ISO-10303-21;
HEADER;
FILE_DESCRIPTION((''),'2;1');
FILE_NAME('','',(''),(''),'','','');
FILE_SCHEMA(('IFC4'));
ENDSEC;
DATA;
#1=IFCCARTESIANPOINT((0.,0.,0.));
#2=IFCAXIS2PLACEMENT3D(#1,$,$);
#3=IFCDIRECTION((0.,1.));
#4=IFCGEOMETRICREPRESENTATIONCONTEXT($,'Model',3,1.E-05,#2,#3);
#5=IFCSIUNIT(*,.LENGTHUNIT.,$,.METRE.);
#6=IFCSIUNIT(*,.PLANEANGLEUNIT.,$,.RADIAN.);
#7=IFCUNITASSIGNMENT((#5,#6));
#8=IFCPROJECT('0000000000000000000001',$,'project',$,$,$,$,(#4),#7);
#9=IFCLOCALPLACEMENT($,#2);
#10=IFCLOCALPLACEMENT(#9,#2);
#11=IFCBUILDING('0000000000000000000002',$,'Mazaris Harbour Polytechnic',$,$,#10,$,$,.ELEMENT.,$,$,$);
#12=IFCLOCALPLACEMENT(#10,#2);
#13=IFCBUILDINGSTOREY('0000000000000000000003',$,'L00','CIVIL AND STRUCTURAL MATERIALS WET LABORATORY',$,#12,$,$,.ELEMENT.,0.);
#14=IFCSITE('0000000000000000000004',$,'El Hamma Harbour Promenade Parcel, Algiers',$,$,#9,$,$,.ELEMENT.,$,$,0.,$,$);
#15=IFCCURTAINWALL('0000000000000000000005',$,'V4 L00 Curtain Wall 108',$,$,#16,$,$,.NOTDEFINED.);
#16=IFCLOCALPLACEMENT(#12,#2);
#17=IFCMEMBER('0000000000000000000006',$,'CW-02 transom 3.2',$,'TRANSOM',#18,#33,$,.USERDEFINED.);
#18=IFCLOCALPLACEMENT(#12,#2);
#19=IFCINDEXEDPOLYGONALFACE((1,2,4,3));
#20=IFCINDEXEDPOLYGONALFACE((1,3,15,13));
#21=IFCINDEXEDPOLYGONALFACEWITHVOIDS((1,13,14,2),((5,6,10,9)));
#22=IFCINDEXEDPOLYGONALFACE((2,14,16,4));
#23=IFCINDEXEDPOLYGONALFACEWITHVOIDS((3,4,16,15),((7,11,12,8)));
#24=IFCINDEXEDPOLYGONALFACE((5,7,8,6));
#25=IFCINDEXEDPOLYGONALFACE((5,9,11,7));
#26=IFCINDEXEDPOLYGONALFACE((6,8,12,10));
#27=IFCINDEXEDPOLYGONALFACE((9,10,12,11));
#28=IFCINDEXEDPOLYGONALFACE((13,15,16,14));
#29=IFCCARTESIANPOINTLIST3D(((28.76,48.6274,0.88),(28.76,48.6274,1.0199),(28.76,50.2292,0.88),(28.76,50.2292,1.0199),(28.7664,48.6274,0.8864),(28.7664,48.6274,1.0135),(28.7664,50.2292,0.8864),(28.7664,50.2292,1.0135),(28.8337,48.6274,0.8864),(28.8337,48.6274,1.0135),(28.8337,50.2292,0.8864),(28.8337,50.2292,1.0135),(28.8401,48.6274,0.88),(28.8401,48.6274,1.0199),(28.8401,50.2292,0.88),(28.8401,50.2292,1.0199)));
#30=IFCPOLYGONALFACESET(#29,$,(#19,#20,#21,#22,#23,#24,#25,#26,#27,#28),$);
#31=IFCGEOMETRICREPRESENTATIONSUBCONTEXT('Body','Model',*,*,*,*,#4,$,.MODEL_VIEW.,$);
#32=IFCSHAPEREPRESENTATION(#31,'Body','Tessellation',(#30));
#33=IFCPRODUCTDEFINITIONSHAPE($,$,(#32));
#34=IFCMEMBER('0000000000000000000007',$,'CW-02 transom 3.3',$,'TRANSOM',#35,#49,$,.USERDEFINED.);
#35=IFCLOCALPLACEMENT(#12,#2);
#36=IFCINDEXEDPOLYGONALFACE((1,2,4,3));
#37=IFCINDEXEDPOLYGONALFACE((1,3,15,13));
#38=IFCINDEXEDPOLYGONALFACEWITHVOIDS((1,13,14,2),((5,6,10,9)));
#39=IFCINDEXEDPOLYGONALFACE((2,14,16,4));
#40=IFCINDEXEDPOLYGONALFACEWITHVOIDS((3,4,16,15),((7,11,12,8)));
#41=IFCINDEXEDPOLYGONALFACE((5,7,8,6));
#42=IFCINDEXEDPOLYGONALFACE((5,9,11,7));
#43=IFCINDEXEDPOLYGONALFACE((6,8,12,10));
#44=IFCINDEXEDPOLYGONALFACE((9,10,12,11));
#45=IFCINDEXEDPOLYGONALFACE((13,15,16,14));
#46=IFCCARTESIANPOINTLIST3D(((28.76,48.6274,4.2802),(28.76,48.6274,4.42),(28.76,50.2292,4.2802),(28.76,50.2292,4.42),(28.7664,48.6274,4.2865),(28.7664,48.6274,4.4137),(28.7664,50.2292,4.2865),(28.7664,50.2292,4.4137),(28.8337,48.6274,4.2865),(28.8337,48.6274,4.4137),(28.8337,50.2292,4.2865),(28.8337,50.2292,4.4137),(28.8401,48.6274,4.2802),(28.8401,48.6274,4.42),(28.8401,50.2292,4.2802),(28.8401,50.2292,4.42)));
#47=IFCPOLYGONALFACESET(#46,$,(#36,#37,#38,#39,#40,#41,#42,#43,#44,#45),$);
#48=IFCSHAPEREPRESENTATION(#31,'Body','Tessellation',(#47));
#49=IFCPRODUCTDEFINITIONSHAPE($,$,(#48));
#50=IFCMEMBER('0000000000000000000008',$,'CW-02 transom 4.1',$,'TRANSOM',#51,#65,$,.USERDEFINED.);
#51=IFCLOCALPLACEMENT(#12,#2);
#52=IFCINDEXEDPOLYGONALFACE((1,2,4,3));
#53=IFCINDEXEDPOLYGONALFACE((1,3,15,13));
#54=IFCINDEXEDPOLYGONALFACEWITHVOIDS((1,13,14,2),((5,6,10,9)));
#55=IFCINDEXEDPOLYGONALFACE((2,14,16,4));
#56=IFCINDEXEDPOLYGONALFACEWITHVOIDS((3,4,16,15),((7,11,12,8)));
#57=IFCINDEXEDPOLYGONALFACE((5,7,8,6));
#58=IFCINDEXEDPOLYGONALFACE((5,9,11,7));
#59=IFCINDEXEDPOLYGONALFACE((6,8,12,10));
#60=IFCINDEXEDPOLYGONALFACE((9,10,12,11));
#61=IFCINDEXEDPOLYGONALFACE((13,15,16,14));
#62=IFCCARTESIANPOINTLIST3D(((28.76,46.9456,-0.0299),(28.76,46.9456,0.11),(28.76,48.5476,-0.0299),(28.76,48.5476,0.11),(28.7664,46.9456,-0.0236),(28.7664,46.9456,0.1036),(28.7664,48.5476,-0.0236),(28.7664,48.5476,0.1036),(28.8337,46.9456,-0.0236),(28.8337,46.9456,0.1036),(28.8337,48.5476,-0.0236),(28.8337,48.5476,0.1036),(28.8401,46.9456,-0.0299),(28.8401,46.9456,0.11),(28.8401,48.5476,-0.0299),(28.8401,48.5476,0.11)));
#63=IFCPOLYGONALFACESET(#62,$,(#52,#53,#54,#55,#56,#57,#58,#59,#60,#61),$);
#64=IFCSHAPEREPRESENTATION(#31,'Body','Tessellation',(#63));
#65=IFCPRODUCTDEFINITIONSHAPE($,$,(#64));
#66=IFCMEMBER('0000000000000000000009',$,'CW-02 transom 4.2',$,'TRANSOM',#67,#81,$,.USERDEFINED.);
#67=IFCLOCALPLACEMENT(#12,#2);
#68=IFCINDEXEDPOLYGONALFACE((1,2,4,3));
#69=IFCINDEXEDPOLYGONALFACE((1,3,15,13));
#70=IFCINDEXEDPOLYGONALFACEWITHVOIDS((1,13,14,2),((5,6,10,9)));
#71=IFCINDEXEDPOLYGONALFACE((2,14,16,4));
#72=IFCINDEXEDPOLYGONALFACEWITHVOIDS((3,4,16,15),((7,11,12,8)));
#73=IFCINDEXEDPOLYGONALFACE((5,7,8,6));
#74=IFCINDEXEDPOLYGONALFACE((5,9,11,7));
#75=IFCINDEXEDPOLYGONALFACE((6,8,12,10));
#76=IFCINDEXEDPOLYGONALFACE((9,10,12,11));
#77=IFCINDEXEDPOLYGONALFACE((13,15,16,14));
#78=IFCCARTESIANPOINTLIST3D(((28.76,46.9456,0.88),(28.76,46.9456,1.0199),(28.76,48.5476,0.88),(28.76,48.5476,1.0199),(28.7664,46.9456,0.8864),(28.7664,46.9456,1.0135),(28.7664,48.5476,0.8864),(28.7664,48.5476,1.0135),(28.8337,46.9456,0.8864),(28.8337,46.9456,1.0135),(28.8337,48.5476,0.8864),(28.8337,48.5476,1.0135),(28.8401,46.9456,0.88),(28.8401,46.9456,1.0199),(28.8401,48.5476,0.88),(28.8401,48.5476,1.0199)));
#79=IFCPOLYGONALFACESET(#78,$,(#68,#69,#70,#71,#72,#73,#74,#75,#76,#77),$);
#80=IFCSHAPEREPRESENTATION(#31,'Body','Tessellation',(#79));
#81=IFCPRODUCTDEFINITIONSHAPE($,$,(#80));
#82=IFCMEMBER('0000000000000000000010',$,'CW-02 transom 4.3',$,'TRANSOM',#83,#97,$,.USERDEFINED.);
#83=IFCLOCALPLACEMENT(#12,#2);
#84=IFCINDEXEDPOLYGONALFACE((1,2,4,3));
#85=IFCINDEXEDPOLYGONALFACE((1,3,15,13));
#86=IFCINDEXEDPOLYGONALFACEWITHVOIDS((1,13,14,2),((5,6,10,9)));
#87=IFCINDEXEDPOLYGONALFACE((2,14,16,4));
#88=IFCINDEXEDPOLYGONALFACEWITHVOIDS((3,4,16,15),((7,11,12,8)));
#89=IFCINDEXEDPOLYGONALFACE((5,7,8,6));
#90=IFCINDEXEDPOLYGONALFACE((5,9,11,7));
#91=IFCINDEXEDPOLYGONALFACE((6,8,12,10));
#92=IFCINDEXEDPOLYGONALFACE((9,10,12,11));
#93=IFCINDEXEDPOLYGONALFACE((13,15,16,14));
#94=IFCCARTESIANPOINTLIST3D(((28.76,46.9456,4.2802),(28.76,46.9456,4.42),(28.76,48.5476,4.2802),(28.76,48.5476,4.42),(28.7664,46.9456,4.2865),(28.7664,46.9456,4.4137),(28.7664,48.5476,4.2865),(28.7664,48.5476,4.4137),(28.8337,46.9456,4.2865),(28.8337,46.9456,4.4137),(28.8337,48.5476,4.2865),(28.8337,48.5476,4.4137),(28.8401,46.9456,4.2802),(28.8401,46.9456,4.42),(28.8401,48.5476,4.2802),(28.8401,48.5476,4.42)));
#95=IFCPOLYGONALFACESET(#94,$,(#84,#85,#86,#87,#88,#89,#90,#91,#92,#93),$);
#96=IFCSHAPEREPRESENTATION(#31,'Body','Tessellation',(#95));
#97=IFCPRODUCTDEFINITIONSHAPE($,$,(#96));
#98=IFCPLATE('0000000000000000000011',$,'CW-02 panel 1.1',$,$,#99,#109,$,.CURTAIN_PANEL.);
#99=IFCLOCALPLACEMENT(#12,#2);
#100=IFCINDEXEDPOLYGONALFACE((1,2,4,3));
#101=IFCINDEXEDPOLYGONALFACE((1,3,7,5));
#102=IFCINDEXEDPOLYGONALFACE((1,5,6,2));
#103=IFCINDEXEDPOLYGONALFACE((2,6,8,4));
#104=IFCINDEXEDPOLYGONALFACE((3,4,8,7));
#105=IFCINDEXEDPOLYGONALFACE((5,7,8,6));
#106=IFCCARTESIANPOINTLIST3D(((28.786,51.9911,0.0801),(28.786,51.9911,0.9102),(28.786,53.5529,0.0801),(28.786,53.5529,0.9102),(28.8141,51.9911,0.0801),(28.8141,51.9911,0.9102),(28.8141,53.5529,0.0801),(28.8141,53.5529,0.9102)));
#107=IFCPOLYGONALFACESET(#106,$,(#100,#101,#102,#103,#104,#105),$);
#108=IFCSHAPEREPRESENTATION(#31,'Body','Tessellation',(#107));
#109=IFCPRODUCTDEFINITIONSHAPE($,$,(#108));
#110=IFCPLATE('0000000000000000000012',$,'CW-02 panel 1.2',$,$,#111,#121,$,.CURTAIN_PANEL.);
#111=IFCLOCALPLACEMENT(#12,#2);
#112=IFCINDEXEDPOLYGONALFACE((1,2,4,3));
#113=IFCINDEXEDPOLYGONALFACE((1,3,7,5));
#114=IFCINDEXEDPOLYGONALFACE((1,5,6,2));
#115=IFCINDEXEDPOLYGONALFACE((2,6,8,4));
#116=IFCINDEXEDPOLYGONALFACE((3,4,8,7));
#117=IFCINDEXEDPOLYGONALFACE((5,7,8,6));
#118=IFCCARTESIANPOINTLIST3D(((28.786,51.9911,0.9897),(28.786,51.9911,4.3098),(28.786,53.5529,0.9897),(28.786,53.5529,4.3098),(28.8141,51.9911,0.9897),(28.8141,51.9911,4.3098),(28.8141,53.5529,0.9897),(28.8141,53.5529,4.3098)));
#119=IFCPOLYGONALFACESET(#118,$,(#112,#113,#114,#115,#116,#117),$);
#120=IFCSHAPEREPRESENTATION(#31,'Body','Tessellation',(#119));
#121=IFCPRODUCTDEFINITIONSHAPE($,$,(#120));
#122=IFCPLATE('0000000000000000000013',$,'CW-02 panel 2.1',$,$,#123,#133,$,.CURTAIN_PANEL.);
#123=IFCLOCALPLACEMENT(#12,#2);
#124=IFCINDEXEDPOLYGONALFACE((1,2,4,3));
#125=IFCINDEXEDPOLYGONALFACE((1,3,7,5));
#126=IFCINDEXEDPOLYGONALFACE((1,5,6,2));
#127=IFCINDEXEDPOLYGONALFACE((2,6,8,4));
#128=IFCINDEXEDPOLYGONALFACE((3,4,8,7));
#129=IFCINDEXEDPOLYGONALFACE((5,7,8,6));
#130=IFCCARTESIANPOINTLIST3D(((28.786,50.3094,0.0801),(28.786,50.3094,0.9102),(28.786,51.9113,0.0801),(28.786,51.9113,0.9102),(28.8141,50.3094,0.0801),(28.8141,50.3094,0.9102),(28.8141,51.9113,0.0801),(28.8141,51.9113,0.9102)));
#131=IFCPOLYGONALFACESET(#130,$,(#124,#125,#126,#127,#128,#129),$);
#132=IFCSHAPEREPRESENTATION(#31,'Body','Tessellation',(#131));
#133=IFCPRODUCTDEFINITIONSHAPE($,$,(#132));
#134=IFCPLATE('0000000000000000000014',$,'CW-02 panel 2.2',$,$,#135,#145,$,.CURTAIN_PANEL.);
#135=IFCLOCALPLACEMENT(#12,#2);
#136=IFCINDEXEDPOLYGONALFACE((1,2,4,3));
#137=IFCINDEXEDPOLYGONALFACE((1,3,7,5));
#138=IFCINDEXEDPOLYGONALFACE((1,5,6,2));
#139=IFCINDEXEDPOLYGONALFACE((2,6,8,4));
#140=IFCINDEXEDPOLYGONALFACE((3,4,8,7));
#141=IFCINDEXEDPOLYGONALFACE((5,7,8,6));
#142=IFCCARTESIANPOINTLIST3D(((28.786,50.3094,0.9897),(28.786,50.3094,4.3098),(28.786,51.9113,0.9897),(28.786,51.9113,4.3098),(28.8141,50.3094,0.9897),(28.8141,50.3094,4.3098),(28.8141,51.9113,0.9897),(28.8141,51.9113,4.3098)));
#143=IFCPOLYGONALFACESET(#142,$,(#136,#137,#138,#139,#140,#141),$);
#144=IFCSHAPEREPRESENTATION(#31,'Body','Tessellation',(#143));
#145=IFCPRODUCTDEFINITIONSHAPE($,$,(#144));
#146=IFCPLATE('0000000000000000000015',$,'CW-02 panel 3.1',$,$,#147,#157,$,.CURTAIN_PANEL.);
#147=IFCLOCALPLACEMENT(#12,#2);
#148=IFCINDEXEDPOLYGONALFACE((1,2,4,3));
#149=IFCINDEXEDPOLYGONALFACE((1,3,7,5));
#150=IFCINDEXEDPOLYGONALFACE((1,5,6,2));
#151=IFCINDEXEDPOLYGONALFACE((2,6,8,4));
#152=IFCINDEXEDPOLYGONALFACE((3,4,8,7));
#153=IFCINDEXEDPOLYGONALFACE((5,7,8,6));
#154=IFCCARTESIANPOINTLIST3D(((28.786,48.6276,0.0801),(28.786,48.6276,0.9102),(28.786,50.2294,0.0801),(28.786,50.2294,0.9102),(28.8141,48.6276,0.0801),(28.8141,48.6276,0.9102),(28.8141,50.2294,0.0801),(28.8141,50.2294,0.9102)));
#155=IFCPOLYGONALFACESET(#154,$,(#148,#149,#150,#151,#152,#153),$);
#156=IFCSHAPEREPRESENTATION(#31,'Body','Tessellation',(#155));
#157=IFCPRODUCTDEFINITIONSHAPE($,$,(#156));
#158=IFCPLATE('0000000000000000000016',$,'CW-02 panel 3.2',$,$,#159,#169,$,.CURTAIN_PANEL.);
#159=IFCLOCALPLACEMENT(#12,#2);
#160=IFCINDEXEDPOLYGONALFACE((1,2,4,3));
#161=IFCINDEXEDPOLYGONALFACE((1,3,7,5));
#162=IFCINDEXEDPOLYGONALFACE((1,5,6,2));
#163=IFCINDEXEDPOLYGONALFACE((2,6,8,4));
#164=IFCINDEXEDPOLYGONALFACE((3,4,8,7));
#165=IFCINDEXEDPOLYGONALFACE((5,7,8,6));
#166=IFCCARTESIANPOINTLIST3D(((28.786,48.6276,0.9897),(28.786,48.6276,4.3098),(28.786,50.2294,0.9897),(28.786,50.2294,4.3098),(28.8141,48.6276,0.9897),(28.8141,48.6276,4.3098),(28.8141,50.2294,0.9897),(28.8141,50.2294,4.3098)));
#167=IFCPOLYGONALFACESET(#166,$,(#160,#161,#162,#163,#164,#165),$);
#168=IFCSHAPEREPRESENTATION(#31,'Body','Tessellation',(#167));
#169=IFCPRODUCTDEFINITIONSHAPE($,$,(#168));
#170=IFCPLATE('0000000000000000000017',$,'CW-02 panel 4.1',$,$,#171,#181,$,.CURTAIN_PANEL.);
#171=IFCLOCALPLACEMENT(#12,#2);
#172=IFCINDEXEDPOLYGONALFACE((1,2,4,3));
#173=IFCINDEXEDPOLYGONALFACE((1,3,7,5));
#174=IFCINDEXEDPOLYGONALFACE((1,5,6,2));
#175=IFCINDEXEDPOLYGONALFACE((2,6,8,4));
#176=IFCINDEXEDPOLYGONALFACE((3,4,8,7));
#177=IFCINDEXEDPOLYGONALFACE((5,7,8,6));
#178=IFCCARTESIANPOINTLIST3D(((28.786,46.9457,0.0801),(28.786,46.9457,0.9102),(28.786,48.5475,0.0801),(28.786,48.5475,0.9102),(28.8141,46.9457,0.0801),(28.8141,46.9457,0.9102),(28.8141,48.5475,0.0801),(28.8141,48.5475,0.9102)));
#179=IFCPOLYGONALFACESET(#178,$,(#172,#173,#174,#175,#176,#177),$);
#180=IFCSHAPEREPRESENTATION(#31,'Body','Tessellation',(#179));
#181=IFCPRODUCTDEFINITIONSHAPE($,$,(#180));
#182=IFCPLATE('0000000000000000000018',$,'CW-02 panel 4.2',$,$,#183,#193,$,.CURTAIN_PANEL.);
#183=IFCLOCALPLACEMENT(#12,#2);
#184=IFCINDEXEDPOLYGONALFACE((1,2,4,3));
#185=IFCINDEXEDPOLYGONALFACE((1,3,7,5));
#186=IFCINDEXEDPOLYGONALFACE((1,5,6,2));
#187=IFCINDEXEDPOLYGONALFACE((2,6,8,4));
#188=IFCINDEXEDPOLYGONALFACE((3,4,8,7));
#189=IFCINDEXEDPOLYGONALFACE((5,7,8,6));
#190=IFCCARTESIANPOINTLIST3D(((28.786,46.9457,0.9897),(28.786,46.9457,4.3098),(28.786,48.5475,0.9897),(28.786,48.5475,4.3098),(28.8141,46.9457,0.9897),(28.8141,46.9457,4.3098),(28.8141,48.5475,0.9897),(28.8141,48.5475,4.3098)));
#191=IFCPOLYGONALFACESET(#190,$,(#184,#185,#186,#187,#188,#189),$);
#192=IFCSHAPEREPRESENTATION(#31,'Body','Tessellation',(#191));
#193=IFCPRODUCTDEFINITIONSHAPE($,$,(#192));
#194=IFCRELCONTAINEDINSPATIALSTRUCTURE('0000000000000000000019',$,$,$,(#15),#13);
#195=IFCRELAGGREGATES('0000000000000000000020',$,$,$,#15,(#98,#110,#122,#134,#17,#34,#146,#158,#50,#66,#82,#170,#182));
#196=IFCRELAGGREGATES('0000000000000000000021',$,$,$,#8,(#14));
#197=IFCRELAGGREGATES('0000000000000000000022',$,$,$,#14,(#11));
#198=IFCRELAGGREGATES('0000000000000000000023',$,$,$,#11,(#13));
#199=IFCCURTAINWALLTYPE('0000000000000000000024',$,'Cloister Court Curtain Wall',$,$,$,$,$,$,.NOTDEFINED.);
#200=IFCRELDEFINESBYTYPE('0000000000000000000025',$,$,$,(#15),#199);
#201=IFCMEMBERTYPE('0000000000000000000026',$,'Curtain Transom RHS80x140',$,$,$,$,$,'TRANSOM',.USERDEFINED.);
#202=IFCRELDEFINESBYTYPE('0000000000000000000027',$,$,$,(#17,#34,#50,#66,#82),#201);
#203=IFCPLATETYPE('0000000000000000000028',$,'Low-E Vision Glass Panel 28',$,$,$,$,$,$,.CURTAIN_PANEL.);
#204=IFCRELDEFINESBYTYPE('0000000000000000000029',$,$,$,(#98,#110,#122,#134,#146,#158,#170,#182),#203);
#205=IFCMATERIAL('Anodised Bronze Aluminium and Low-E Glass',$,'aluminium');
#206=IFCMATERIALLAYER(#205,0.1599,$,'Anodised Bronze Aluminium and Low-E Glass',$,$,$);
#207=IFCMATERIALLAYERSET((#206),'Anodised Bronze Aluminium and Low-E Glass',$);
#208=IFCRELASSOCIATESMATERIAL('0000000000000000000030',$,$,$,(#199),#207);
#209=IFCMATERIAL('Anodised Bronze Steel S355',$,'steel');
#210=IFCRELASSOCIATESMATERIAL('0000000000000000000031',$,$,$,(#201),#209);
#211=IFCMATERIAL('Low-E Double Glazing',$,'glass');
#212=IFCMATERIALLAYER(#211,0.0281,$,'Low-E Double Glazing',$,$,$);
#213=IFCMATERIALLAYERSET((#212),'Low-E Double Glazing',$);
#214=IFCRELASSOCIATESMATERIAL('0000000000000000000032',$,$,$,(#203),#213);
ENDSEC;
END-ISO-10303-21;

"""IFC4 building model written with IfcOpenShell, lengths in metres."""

from ifc_helpers import new_model, si_unit, direction, frame, origin, origin_2d, place, context, subcontext, project, spatial, rectangle, hollow_rectangle, extrude, material, layer, layer_set, material_profile, profile_set, type_object, element, aggregate, save


model = new_model("IFC4")

# Units and contexts
model_context = context("Model", 3, precision=1e-05, world=origin(), true_north=direction((0.0, 1.0)))
body_context = subcontext(model_context, "Body", "Model", "MODEL_VIEW")
ifc_project = project(units=[si_unit("LENGTHUNIT", "METRE"), si_unit("PLANEANGLEUNIT", "RADIAN")], contexts=[model_context])

# Site, building, storey
site_placement = place(None, origin())
site = spatial("IfcSite", under=ifc_project, at=site_placement, Name="El Hamma Harbour Promenade Parcel, Algiers", CompositionType="ELEMENT", RefElevation=0.0)
building_placement = place(site_placement, origin())
building = spatial("IfcBuilding", under=site, at=building_placement, Name="Mazaris Harbour Polytechnic", CompositionType="ELEMENT")
storey_placement = place(building_placement, origin())
storey = spatial("IfcBuildingStorey", under=building, at=storey_placement, Name="L00", Description="CIVIL AND STRUCTURAL MATERIALS WET LABORATORY", CompositionType="ELEMENT", Elevation=0.0)

# Curtain wall, members, plates
ifc_material_1 = material(Name="Anodised Bronze Aluminium and Low-E Glass", Category="aluminium")
ifc_layer_1 = layer(ifc_material_1, 0.1599, Name="Anodised Bronze Aluminium and Low-E Glass")
ifc_layer_set_1 = layer_set([ifc_layer_1], Name="Anodised Bronze Aluminium and Low-E Glass")
curtain_wall_type = type_object("IfcCurtainWallType", Name="Cloister Court Curtain Wall", PredefinedType="NOTDEFINED", material=ifc_layer_set_1)
curtain_wall_placement = place(storey_placement, origin())
curtain_wall = element("IfcCurtainWall", 1, at=curtain_wall_placement, inside=storey, type_object=curtain_wall_type, Name="V4 L00 Curtain Wall 108", PredefinedType="NOTDEFINED")
ifc_material_2 = material(Name="Anodised Bronze Steel S355", Category="steel")
ifc_material_profile_1 = material_profile(ifc_material_2, hollow_rectangle(XDim=0.0801, YDim=0.1399, WallThickness=0.0063, at=origin_2d()), Name="RHS 80x140x6.3")
ifc_profile_set_1 = profile_set([ifc_material_profile_1], Name="Anodised Bronze Steel S355")
member_type_1 = type_object("IfcMemberType", Name="Curtain Transom RHS80x140", ElementType="TRANSOM", PredefinedType="USERDEFINED", material=ifc_profile_set_1)
member_1_placement = place(storey_placement, frame((28.8, 50.2292, 0.95), z_axis=(0.0, -1.0, 0.0), x_axis=(1.0, 0.0, 0.0)))
member_1 = element("IfcMember", 2, at=member_1_placement, type_object=member_type_1, Name="CW-02 transom 3.2", ObjectType="TRANSOM", PredefinedType="USERDEFINED", context=body_context, shape_type="SweptSolid", body=[
    extrude(hollow_rectangle(XDim=0.0801, YDim=0.1399, WallThickness=0.0063, at=origin_2d()), origin(), (0.0, 0.0, 1.0), 1.6018),
])
member_2_placement = place(storey_placement, frame((28.8, 50.2292, 4.3501), z_axis=(0.0, -1.0, 0.0), x_axis=(1.0, 0.0, 0.0)))
member_2 = element("IfcMember", 3, at=member_2_placement, type_object=member_type_1, Name="CW-02 transom 3.3", ObjectType="TRANSOM", PredefinedType="USERDEFINED", context=body_context, shape_type="SweptSolid", body=[
    extrude(hollow_rectangle(XDim=0.0801, YDim=0.1399, WallThickness=0.0063, at=origin_2d()), origin(), (0.0, 0.0, 1.0), 1.6018),
])
member_3_placement = place(storey_placement, frame((28.8, 48.5476, 0.04), z_axis=(0.0, -1.0, 0.0), x_axis=(1.0, 0.0, 0.0)))
member_3 = element("IfcMember", 4, at=member_3_placement, type_object=member_type_1, Name="CW-02 transom 4.1", ObjectType="TRANSOM", PredefinedType="USERDEFINED", context=body_context, shape_type="SweptSolid", body=[
    extrude(hollow_rectangle(XDim=0.0801, YDim=0.1399, WallThickness=0.0063, at=origin_2d()), origin(), (0.0, 0.0, 1.0), 1.6021),
])
member_4_placement = place(storey_placement, frame((28.8, 48.5476, 0.95), z_axis=(0.0, -1.0, 0.0), x_axis=(1.0, 0.0, 0.0)))
member_4 = element("IfcMember", 5, at=member_4_placement, type_object=member_type_1, Name="CW-02 transom 4.2", ObjectType="TRANSOM", PredefinedType="USERDEFINED", context=body_context, shape_type="SweptSolid", body=[
    extrude(hollow_rectangle(XDim=0.0801, YDim=0.1399, WallThickness=0.0063, at=origin_2d()), origin(), (0.0, 0.0, 1.0), 1.6021),
])
member_5_placement = place(storey_placement, frame((28.8, 48.5476, 4.3501), z_axis=(0.0, -1.0, 0.0), x_axis=(1.0, 0.0, 0.0)))
member_5 = element("IfcMember", 6, at=member_5_placement, type_object=member_type_1, Name="CW-02 transom 4.3", ObjectType="TRANSOM", PredefinedType="USERDEFINED", context=body_context, shape_type="SweptSolid", body=[
    extrude(hollow_rectangle(XDim=0.0801, YDim=0.1399, WallThickness=0.0063, at=origin_2d()), origin(), (0.0, 0.0, 1.0), 1.6021),
])
ifc_material_3 = material(Name="Low-E Double Glazing", Category="glass")
ifc_layer_2 = layer(ifc_material_3, 0.0281, Name="Low-E Double Glazing")
ifc_layer_set_2 = layer_set([ifc_layer_2], Name="Low-E Double Glazing")
plate_type = type_object("IfcPlateType", Name="Low-E Vision Glass Panel 28", PredefinedType="CURTAIN_PANEL", material=ifc_layer_set_2)
plate_1_placement = place(storey_placement, frame((28.8, 52.772, 0.0801), z_axis=(0.0, 0.0, 1.0), x_axis=(0.0, -1.0, 0.0)))
plate_1 = element("IfcPlate", 7, at=plate_1_placement, type_object=plate_type, Name="CW-02 panel 1.1", PredefinedType="CURTAIN_PANEL", context=body_context, shape_type="SweptSolid", body=[
    extrude(rectangle(XDim=1.5618, YDim=0.0281, at=origin_2d()), origin(), (0.0, 0.0, 1.0), 0.8301),
])
plate_2_placement = place(storey_placement, frame((28.8, 52.772, 0.9897), z_axis=(0.0, 0.0, 1.0), x_axis=(0.0, -1.0, 0.0)))
plate_2 = element("IfcPlate", 8, at=plate_2_placement, type_object=plate_type, Name="CW-02 panel 1.2", PredefinedType="CURTAIN_PANEL", context=body_context, shape_type="SweptSolid", body=[
    extrude(rectangle(XDim=1.5618, YDim=0.0281, at=origin_2d()), origin(), (0.0, 0.0, 1.0), 3.3201),
])
plate_3_placement = place(storey_placement, frame((28.8, 51.1104, 0.0801), z_axis=(0.0, 0.0, 1.0), x_axis=(0.0, -1.0, 0.0)))
plate_3 = element("IfcPlate", 9, at=plate_3_placement, type_object=plate_type, Name="CW-02 panel 2.1", PredefinedType="CURTAIN_PANEL", context=body_context, shape_type="SweptSolid", body=[
    extrude(rectangle(XDim=1.6018, YDim=0.0281, at=origin_2d()), origin(), (0.0, 0.0, 1.0), 0.8301),
])
plate_4_placement = place(storey_placement, frame((28.8, 51.1104, 0.9897), z_axis=(0.0, 0.0, 1.0), x_axis=(0.0, -1.0, 0.0)))
plate_4 = element("IfcPlate", 10, at=plate_4_placement, type_object=plate_type, Name="CW-02 panel 2.2", PredefinedType="CURTAIN_PANEL", context=body_context, shape_type="SweptSolid", body=[
    extrude(rectangle(XDim=1.6018, YDim=0.0281, at=origin_2d()), origin(), (0.0, 0.0, 1.0), 3.3201),
])
plate_5_placement = place(storey_placement, frame((28.8, 49.4285, 0.0801), z_axis=(0.0, 0.0, 1.0), x_axis=(0.0, -1.0, 0.0)))
plate_5 = element("IfcPlate", 11, at=plate_5_placement, type_object=plate_type, Name="CW-02 panel 3.1", PredefinedType="CURTAIN_PANEL", context=body_context, shape_type="SweptSolid", body=[
    extrude(rectangle(XDim=1.6018, YDim=0.0281, at=origin_2d()), origin(), (0.0, 0.0, 1.0), 0.8301),
])
plate_6_placement = place(storey_placement, frame((28.8, 49.4285, 0.9897), z_axis=(0.0, 0.0, 1.0), x_axis=(0.0, -1.0, 0.0)))
plate_6 = element("IfcPlate", 12, at=plate_6_placement, type_object=plate_type, Name="CW-02 panel 3.2", PredefinedType="CURTAIN_PANEL", context=body_context, shape_type="SweptSolid", body=[
    extrude(rectangle(XDim=1.6018, YDim=0.0281, at=origin_2d()), origin(), (0.0, 0.0, 1.0), 3.3201),
])
plate_7_placement = place(storey_placement, frame((28.8, 47.7466, 0.0801), z_axis=(0.0, 0.0, 1.0), x_axis=(0.0, -1.0, 0.0)))
plate_7 = element("IfcPlate", 13, at=plate_7_placement, type_object=plate_type, Name="CW-02 panel 4.1", PredefinedType="CURTAIN_PANEL", context=body_context, shape_type="SweptSolid", body=[
    extrude(rectangle(XDim=1.6018, YDim=0.0281, at=origin_2d()), origin(), (0.0, 0.0, 1.0), 0.8301),
])
plate_8_placement = place(storey_placement, frame((28.8, 47.7466, 0.9897), z_axis=(0.0, 0.0, 1.0), x_axis=(0.0, -1.0, 0.0)))
plate_8 = element("IfcPlate", 14, at=plate_8_placement, type_object=plate_type, Name="CW-02 panel 4.2", PredefinedType="CURTAIN_PANEL", context=body_context, shape_type="SweptSolid", body=[
    extrude(rectangle(XDim=1.6018, YDim=0.0281, at=origin_2d()), origin(), (0.0, 0.0, 1.0), 3.3201),
])
aggregate(curtain_wall, [plate_1, plate_2, plate_3, plate_4, member_1, member_2, plate_5, plate_6, member_3, member_4, member_5, plate_7, plate_8])

save(model, "model.ifc")
